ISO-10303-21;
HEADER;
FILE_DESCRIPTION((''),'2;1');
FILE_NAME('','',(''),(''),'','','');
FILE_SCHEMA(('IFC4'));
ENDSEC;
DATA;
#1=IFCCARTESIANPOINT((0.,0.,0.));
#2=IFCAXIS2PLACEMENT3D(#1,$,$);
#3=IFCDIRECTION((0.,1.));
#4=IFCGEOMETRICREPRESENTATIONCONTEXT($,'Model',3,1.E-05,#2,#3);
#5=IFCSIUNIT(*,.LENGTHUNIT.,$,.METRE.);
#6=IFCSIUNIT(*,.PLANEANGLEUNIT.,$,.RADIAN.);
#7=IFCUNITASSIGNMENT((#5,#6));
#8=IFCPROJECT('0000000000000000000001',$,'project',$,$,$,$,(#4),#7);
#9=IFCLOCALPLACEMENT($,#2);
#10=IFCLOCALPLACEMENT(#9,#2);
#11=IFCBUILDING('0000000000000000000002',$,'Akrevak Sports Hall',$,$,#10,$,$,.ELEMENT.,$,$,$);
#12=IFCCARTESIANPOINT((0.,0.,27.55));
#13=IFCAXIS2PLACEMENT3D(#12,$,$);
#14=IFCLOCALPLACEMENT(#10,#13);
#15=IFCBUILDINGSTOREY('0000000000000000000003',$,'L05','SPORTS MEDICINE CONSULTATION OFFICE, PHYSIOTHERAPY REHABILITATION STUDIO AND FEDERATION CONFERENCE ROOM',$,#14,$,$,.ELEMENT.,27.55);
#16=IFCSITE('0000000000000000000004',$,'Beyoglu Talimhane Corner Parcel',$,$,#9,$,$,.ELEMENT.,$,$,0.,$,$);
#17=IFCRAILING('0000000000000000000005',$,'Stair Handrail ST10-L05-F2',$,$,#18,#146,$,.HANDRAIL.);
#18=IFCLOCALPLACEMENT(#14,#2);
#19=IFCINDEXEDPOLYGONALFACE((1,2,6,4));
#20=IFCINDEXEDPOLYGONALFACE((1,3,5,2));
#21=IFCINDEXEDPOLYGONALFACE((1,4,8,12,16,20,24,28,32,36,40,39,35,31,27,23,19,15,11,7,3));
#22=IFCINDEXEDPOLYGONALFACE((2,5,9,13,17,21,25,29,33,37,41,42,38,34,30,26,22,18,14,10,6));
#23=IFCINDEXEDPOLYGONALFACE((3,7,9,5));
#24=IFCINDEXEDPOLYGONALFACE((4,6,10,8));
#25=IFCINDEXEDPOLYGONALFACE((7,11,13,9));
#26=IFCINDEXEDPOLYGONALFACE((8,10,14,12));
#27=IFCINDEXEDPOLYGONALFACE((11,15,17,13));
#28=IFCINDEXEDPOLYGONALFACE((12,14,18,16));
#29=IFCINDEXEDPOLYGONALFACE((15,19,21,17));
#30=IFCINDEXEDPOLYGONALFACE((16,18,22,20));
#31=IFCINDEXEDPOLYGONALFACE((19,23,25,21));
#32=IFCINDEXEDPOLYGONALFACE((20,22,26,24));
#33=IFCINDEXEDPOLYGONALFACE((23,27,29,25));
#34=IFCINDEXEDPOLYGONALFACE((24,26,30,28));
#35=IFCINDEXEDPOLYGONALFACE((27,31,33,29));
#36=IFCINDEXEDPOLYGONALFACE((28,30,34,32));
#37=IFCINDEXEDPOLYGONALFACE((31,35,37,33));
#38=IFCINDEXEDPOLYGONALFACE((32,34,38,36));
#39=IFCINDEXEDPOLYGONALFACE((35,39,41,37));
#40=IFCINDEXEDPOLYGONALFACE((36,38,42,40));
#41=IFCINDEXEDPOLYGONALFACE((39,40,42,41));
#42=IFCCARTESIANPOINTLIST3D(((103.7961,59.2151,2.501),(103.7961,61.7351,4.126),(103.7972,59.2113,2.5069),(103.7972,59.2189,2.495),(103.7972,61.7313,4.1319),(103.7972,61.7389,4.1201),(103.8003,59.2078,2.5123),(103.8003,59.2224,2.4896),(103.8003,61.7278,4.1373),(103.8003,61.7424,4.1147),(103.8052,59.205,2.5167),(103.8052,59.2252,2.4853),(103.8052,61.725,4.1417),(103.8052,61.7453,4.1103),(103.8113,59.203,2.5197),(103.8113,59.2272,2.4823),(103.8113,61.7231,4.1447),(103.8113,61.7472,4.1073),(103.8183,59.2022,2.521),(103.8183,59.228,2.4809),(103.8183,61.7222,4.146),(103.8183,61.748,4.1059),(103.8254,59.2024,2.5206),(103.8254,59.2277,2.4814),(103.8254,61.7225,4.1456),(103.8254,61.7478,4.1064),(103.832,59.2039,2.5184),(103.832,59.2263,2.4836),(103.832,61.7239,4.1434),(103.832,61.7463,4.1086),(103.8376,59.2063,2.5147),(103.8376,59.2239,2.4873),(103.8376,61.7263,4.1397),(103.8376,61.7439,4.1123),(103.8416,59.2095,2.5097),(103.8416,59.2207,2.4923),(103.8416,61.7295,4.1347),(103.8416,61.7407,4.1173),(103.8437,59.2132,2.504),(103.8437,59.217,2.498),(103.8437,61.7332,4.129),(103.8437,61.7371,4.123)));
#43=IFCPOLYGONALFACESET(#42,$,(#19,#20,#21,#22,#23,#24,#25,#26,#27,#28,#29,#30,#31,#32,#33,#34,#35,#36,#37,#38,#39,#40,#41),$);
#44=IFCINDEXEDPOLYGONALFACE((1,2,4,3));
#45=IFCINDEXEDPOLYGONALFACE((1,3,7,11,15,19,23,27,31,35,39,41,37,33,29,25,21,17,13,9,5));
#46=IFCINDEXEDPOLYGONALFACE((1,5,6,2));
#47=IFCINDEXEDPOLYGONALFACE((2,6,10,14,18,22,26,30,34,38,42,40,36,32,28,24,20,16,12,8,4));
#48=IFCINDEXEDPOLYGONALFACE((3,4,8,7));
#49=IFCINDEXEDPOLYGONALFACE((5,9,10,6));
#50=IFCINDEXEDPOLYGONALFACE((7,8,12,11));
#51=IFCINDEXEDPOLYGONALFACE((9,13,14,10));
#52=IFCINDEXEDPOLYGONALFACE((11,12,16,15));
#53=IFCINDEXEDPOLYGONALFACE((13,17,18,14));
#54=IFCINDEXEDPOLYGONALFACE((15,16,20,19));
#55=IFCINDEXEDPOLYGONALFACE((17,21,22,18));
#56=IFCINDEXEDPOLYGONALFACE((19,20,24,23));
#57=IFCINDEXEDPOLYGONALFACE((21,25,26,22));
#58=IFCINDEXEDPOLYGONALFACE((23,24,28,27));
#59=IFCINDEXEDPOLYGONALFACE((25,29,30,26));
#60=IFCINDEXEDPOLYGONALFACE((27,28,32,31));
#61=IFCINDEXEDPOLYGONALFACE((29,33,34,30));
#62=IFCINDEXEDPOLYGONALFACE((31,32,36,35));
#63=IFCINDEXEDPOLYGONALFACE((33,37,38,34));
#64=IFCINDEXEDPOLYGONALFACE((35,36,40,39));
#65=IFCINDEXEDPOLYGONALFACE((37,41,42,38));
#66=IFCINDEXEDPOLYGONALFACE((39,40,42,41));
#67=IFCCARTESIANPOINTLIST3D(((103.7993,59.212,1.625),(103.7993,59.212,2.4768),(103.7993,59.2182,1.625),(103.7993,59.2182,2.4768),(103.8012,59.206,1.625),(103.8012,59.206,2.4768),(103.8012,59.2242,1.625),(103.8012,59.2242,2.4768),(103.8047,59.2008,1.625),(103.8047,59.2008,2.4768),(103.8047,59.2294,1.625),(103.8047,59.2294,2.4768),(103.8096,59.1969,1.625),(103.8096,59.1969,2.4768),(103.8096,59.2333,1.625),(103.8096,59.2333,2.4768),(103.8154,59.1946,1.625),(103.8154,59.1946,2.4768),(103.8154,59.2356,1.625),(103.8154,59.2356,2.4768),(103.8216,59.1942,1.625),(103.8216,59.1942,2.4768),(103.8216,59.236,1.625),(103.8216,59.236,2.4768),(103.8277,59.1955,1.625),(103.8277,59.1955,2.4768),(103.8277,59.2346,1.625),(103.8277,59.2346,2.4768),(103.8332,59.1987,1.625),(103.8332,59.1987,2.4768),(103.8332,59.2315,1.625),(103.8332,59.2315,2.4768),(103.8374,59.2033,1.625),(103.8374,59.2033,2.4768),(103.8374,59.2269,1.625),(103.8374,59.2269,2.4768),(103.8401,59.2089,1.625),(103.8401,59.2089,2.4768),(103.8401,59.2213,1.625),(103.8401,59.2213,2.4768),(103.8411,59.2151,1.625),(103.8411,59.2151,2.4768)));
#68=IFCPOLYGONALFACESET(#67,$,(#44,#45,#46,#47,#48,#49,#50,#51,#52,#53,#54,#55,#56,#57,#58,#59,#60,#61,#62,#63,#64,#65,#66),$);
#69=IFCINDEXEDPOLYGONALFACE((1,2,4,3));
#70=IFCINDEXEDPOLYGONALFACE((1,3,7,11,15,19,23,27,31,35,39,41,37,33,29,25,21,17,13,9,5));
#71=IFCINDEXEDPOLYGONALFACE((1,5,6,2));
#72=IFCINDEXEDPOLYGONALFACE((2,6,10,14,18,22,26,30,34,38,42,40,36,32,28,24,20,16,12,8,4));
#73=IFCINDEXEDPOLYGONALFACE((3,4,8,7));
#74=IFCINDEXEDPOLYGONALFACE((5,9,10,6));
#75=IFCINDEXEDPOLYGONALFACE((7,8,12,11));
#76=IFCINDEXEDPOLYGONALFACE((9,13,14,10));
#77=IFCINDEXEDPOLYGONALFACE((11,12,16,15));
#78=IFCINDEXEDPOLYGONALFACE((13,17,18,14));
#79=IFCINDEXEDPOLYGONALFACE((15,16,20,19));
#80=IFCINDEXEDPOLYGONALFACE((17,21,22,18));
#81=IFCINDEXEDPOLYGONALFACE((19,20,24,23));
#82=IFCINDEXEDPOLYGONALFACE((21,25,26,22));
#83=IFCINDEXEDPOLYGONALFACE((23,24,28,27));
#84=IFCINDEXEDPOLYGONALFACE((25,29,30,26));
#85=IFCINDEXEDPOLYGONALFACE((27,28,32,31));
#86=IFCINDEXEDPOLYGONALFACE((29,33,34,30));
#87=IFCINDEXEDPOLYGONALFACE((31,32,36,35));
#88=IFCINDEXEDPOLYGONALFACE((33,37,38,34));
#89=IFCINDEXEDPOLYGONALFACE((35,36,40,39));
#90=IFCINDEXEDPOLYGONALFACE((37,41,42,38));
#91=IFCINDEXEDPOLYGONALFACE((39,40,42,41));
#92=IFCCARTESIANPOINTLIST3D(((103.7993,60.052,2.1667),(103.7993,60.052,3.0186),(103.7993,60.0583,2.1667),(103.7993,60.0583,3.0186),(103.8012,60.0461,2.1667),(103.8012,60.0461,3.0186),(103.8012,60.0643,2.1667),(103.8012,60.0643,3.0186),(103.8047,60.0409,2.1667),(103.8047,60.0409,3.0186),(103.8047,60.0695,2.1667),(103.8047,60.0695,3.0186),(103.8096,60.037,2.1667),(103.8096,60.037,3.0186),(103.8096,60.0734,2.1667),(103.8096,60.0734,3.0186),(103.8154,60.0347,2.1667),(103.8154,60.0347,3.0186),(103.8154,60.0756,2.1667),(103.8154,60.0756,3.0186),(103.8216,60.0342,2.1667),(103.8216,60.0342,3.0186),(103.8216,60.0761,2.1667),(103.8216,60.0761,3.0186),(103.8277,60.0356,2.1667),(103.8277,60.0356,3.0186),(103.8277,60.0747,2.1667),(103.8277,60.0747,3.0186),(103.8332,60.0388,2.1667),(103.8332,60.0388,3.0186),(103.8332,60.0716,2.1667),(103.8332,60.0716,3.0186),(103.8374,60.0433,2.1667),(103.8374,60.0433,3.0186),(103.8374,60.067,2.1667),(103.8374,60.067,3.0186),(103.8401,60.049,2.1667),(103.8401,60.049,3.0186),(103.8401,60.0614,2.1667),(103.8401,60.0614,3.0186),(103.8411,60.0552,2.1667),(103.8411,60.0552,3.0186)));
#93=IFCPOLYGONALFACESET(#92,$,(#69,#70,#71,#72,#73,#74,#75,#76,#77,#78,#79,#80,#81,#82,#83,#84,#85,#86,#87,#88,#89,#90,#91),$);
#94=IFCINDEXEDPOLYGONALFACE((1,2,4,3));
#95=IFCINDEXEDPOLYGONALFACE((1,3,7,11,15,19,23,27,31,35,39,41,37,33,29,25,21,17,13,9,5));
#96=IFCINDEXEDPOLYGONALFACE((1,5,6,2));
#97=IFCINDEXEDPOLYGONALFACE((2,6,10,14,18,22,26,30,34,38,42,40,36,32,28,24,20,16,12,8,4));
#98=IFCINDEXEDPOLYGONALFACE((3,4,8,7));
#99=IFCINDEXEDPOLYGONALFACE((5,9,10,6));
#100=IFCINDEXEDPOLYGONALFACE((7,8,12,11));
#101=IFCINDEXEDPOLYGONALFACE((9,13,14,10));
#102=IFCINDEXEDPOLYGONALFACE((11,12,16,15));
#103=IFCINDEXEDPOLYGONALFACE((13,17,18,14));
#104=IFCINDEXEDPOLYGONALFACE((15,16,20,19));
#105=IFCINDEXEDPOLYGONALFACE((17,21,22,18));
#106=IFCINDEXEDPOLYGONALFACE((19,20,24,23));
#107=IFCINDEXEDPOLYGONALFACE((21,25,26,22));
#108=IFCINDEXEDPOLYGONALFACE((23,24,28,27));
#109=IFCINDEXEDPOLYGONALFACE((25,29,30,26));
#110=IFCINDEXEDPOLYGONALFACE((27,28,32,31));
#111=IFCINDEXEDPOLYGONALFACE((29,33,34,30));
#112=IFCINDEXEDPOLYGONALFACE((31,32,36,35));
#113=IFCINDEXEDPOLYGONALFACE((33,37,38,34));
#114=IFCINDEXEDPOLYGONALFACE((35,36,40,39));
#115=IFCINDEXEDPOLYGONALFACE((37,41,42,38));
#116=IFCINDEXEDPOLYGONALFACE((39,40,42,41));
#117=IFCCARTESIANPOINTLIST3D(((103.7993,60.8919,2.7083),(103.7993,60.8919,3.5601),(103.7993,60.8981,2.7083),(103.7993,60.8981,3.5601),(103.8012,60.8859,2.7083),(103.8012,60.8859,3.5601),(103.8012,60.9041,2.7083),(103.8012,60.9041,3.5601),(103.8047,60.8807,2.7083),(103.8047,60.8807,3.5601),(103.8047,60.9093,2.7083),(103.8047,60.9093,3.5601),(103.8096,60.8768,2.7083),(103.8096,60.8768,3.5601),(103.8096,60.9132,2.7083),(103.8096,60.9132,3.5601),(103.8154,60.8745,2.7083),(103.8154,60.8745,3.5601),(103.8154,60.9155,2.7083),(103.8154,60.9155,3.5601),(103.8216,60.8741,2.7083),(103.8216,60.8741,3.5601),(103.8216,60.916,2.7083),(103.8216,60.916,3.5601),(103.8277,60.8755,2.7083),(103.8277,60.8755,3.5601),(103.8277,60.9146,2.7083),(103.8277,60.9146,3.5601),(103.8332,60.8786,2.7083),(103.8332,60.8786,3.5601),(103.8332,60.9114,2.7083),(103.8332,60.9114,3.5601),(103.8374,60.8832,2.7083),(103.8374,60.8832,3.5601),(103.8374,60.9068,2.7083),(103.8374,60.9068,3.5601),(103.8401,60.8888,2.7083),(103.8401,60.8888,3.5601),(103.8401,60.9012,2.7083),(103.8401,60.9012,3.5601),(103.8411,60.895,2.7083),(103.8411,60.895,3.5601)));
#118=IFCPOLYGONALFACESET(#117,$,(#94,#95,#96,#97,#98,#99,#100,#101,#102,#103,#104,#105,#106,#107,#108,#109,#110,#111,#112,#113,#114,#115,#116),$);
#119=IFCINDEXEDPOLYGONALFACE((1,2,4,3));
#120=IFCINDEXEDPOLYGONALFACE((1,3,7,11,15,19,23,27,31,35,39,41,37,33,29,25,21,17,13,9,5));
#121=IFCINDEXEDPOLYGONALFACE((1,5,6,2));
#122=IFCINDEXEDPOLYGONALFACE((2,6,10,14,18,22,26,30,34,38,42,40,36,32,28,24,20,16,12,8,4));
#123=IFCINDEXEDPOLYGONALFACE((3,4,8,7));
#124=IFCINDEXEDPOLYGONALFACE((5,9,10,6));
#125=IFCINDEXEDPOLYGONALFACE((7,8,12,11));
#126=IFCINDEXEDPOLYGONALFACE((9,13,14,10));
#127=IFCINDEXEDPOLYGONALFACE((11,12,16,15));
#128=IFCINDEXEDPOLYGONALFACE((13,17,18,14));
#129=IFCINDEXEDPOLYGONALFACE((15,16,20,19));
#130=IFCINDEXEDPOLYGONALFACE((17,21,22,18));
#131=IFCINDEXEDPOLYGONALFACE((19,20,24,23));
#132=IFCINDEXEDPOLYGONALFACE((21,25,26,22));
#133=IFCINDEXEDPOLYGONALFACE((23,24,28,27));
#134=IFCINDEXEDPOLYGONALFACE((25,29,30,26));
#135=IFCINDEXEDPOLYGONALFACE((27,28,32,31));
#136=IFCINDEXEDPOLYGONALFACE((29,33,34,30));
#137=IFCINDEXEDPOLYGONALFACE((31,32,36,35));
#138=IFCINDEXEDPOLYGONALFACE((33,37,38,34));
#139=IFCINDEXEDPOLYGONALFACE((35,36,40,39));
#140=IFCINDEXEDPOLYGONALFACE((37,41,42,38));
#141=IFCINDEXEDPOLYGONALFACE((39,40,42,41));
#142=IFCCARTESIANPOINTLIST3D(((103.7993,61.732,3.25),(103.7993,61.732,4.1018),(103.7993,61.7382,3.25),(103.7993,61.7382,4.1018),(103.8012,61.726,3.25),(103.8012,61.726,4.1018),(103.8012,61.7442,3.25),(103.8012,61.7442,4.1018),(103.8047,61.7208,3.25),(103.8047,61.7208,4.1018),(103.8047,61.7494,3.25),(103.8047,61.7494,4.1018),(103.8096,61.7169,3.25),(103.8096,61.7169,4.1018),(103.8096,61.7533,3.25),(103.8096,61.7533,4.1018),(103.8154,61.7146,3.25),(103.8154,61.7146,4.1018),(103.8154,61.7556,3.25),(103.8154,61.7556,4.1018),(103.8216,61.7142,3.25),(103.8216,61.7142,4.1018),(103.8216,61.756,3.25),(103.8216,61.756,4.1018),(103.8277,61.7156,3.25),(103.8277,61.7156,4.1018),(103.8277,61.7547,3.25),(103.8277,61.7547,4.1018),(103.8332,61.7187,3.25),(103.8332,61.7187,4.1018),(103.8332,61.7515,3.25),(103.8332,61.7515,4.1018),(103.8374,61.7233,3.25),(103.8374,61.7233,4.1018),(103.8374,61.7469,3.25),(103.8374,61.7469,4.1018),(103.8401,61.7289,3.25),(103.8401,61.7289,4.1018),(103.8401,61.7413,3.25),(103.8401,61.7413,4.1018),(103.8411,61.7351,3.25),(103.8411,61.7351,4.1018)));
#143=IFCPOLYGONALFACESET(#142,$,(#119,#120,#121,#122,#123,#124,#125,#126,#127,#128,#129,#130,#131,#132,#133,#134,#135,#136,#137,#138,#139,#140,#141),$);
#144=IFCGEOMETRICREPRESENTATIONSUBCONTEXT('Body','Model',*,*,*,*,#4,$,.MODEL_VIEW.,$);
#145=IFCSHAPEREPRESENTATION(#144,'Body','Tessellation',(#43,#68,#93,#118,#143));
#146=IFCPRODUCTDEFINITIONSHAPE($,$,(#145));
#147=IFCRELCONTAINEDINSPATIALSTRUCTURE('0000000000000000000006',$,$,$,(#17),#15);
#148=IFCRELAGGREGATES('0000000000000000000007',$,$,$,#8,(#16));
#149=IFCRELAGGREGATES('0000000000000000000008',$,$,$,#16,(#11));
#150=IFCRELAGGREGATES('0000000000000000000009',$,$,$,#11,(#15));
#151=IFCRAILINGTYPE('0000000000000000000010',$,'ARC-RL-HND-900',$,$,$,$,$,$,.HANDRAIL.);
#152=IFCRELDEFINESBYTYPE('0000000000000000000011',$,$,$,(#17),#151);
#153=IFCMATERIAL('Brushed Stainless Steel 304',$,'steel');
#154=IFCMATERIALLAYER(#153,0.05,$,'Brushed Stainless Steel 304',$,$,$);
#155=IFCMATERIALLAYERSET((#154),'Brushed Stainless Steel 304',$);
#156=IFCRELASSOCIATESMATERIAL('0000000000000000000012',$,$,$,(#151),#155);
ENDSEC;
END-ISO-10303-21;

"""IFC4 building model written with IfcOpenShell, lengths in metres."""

from ifc_helpers import new_model, si_unit, direction, frame, origin, origin_2d, place, context, subcontext, project, spatial, circle, extrude, material, layer, layer_set, type_object, element, save


model = new_model("IFC4")

# Units and contexts
model_context = context("Model", 3, precision=1e-05, world=origin(), true_north=direction((0.0, 1.0)))
body_context = subcontext(model_context, "Body", "Model", "MODEL_VIEW")
ifc_project = project(units=[si_unit("LENGTHUNIT", "METRE"), si_unit("PLANEANGLEUNIT", "RADIAN")], contexts=[model_context])

# Site, building, storey
site_placement = place(None, origin())
site = spatial("IfcSite", under=ifc_project, at=site_placement, Name="Beyoglu Talimhane Corner Parcel", CompositionType="ELEMENT", RefElevation=0.0)
building_placement = place(site_placement, origin())
building = spatial("IfcBuilding", under=site, at=building_placement, Name="Akrevak Sports Hall", CompositionType="ELEMENT")
storey_placement = place(building_placement, frame((0.0, 0.0, 27.55)))
storey = spatial("IfcBuildingStorey", under=building, at=storey_placement, Name="L05", Description="SPORTS MEDICINE CONSULTATION OFFICE, PHYSIOTHERAPY REHABILITATION STUDIO AND FEDERATION CONFERENCE ROOM", CompositionType="ELEMENT", Elevation=27.55)

# Railing
ifc_material_1 = material(Name="Brushed Stainless Steel 304", Category="steel")
ifc_layer_1 = layer(ifc_material_1, 0.05, Name="Brushed Stainless Steel 304")
ifc_layer_set_1 = layer_set([ifc_layer_1], Name="Brushed Stainless Steel 304")
railing_type_1 = type_object("IfcRailingType", Name="ARC-RL-HND-900", PredefinedType="HANDRAIL", material=ifc_layer_set_1)
for number, where, name in (
    (1, (103.8201, 59.2151, 1.625), "Stair Handrail ST10-L05-F2"),
):
    element("IfcRailing", number, at=place(storey_placement, frame(where)), inside=storey, type_object=railing_type_1, Name=name, PredefinedType="HANDRAIL", context=body_context, shape_type="SweptSolid", body=[
        extrude(circle(Radius=0.0239, at=origin_2d()), frame((0.0, 0.0, 0.876), z_axis=(0.0, 0.840421, 0.541934), x_axis=(-1.0, 0.0, 0.0)), (0.0, 0.0, 1.0), 2.9985),
        extrude(circle(Radius=0.021, at=origin_2d()), origin(), (0.0, 0.0, 1.0), 0.8518),
        extrude(circle(Radius=0.021, at=origin_2d()), frame((0.0, 0.8401, 0.5417)), (0.0, 0.0, 1.0), 0.8518),
        extrude(circle(Radius=0.021, at=origin_2d()), frame((0.0, 1.6799, 1.0833)), (0.0, 0.0, 1.0), 0.8518),
        extrude(circle(Radius=0.021, at=origin_2d()), frame((0.0, 2.52, 1.625)), (0.0, 0.0, 1.0), 0.8518),
    ])

save(model, "model.ifc")
